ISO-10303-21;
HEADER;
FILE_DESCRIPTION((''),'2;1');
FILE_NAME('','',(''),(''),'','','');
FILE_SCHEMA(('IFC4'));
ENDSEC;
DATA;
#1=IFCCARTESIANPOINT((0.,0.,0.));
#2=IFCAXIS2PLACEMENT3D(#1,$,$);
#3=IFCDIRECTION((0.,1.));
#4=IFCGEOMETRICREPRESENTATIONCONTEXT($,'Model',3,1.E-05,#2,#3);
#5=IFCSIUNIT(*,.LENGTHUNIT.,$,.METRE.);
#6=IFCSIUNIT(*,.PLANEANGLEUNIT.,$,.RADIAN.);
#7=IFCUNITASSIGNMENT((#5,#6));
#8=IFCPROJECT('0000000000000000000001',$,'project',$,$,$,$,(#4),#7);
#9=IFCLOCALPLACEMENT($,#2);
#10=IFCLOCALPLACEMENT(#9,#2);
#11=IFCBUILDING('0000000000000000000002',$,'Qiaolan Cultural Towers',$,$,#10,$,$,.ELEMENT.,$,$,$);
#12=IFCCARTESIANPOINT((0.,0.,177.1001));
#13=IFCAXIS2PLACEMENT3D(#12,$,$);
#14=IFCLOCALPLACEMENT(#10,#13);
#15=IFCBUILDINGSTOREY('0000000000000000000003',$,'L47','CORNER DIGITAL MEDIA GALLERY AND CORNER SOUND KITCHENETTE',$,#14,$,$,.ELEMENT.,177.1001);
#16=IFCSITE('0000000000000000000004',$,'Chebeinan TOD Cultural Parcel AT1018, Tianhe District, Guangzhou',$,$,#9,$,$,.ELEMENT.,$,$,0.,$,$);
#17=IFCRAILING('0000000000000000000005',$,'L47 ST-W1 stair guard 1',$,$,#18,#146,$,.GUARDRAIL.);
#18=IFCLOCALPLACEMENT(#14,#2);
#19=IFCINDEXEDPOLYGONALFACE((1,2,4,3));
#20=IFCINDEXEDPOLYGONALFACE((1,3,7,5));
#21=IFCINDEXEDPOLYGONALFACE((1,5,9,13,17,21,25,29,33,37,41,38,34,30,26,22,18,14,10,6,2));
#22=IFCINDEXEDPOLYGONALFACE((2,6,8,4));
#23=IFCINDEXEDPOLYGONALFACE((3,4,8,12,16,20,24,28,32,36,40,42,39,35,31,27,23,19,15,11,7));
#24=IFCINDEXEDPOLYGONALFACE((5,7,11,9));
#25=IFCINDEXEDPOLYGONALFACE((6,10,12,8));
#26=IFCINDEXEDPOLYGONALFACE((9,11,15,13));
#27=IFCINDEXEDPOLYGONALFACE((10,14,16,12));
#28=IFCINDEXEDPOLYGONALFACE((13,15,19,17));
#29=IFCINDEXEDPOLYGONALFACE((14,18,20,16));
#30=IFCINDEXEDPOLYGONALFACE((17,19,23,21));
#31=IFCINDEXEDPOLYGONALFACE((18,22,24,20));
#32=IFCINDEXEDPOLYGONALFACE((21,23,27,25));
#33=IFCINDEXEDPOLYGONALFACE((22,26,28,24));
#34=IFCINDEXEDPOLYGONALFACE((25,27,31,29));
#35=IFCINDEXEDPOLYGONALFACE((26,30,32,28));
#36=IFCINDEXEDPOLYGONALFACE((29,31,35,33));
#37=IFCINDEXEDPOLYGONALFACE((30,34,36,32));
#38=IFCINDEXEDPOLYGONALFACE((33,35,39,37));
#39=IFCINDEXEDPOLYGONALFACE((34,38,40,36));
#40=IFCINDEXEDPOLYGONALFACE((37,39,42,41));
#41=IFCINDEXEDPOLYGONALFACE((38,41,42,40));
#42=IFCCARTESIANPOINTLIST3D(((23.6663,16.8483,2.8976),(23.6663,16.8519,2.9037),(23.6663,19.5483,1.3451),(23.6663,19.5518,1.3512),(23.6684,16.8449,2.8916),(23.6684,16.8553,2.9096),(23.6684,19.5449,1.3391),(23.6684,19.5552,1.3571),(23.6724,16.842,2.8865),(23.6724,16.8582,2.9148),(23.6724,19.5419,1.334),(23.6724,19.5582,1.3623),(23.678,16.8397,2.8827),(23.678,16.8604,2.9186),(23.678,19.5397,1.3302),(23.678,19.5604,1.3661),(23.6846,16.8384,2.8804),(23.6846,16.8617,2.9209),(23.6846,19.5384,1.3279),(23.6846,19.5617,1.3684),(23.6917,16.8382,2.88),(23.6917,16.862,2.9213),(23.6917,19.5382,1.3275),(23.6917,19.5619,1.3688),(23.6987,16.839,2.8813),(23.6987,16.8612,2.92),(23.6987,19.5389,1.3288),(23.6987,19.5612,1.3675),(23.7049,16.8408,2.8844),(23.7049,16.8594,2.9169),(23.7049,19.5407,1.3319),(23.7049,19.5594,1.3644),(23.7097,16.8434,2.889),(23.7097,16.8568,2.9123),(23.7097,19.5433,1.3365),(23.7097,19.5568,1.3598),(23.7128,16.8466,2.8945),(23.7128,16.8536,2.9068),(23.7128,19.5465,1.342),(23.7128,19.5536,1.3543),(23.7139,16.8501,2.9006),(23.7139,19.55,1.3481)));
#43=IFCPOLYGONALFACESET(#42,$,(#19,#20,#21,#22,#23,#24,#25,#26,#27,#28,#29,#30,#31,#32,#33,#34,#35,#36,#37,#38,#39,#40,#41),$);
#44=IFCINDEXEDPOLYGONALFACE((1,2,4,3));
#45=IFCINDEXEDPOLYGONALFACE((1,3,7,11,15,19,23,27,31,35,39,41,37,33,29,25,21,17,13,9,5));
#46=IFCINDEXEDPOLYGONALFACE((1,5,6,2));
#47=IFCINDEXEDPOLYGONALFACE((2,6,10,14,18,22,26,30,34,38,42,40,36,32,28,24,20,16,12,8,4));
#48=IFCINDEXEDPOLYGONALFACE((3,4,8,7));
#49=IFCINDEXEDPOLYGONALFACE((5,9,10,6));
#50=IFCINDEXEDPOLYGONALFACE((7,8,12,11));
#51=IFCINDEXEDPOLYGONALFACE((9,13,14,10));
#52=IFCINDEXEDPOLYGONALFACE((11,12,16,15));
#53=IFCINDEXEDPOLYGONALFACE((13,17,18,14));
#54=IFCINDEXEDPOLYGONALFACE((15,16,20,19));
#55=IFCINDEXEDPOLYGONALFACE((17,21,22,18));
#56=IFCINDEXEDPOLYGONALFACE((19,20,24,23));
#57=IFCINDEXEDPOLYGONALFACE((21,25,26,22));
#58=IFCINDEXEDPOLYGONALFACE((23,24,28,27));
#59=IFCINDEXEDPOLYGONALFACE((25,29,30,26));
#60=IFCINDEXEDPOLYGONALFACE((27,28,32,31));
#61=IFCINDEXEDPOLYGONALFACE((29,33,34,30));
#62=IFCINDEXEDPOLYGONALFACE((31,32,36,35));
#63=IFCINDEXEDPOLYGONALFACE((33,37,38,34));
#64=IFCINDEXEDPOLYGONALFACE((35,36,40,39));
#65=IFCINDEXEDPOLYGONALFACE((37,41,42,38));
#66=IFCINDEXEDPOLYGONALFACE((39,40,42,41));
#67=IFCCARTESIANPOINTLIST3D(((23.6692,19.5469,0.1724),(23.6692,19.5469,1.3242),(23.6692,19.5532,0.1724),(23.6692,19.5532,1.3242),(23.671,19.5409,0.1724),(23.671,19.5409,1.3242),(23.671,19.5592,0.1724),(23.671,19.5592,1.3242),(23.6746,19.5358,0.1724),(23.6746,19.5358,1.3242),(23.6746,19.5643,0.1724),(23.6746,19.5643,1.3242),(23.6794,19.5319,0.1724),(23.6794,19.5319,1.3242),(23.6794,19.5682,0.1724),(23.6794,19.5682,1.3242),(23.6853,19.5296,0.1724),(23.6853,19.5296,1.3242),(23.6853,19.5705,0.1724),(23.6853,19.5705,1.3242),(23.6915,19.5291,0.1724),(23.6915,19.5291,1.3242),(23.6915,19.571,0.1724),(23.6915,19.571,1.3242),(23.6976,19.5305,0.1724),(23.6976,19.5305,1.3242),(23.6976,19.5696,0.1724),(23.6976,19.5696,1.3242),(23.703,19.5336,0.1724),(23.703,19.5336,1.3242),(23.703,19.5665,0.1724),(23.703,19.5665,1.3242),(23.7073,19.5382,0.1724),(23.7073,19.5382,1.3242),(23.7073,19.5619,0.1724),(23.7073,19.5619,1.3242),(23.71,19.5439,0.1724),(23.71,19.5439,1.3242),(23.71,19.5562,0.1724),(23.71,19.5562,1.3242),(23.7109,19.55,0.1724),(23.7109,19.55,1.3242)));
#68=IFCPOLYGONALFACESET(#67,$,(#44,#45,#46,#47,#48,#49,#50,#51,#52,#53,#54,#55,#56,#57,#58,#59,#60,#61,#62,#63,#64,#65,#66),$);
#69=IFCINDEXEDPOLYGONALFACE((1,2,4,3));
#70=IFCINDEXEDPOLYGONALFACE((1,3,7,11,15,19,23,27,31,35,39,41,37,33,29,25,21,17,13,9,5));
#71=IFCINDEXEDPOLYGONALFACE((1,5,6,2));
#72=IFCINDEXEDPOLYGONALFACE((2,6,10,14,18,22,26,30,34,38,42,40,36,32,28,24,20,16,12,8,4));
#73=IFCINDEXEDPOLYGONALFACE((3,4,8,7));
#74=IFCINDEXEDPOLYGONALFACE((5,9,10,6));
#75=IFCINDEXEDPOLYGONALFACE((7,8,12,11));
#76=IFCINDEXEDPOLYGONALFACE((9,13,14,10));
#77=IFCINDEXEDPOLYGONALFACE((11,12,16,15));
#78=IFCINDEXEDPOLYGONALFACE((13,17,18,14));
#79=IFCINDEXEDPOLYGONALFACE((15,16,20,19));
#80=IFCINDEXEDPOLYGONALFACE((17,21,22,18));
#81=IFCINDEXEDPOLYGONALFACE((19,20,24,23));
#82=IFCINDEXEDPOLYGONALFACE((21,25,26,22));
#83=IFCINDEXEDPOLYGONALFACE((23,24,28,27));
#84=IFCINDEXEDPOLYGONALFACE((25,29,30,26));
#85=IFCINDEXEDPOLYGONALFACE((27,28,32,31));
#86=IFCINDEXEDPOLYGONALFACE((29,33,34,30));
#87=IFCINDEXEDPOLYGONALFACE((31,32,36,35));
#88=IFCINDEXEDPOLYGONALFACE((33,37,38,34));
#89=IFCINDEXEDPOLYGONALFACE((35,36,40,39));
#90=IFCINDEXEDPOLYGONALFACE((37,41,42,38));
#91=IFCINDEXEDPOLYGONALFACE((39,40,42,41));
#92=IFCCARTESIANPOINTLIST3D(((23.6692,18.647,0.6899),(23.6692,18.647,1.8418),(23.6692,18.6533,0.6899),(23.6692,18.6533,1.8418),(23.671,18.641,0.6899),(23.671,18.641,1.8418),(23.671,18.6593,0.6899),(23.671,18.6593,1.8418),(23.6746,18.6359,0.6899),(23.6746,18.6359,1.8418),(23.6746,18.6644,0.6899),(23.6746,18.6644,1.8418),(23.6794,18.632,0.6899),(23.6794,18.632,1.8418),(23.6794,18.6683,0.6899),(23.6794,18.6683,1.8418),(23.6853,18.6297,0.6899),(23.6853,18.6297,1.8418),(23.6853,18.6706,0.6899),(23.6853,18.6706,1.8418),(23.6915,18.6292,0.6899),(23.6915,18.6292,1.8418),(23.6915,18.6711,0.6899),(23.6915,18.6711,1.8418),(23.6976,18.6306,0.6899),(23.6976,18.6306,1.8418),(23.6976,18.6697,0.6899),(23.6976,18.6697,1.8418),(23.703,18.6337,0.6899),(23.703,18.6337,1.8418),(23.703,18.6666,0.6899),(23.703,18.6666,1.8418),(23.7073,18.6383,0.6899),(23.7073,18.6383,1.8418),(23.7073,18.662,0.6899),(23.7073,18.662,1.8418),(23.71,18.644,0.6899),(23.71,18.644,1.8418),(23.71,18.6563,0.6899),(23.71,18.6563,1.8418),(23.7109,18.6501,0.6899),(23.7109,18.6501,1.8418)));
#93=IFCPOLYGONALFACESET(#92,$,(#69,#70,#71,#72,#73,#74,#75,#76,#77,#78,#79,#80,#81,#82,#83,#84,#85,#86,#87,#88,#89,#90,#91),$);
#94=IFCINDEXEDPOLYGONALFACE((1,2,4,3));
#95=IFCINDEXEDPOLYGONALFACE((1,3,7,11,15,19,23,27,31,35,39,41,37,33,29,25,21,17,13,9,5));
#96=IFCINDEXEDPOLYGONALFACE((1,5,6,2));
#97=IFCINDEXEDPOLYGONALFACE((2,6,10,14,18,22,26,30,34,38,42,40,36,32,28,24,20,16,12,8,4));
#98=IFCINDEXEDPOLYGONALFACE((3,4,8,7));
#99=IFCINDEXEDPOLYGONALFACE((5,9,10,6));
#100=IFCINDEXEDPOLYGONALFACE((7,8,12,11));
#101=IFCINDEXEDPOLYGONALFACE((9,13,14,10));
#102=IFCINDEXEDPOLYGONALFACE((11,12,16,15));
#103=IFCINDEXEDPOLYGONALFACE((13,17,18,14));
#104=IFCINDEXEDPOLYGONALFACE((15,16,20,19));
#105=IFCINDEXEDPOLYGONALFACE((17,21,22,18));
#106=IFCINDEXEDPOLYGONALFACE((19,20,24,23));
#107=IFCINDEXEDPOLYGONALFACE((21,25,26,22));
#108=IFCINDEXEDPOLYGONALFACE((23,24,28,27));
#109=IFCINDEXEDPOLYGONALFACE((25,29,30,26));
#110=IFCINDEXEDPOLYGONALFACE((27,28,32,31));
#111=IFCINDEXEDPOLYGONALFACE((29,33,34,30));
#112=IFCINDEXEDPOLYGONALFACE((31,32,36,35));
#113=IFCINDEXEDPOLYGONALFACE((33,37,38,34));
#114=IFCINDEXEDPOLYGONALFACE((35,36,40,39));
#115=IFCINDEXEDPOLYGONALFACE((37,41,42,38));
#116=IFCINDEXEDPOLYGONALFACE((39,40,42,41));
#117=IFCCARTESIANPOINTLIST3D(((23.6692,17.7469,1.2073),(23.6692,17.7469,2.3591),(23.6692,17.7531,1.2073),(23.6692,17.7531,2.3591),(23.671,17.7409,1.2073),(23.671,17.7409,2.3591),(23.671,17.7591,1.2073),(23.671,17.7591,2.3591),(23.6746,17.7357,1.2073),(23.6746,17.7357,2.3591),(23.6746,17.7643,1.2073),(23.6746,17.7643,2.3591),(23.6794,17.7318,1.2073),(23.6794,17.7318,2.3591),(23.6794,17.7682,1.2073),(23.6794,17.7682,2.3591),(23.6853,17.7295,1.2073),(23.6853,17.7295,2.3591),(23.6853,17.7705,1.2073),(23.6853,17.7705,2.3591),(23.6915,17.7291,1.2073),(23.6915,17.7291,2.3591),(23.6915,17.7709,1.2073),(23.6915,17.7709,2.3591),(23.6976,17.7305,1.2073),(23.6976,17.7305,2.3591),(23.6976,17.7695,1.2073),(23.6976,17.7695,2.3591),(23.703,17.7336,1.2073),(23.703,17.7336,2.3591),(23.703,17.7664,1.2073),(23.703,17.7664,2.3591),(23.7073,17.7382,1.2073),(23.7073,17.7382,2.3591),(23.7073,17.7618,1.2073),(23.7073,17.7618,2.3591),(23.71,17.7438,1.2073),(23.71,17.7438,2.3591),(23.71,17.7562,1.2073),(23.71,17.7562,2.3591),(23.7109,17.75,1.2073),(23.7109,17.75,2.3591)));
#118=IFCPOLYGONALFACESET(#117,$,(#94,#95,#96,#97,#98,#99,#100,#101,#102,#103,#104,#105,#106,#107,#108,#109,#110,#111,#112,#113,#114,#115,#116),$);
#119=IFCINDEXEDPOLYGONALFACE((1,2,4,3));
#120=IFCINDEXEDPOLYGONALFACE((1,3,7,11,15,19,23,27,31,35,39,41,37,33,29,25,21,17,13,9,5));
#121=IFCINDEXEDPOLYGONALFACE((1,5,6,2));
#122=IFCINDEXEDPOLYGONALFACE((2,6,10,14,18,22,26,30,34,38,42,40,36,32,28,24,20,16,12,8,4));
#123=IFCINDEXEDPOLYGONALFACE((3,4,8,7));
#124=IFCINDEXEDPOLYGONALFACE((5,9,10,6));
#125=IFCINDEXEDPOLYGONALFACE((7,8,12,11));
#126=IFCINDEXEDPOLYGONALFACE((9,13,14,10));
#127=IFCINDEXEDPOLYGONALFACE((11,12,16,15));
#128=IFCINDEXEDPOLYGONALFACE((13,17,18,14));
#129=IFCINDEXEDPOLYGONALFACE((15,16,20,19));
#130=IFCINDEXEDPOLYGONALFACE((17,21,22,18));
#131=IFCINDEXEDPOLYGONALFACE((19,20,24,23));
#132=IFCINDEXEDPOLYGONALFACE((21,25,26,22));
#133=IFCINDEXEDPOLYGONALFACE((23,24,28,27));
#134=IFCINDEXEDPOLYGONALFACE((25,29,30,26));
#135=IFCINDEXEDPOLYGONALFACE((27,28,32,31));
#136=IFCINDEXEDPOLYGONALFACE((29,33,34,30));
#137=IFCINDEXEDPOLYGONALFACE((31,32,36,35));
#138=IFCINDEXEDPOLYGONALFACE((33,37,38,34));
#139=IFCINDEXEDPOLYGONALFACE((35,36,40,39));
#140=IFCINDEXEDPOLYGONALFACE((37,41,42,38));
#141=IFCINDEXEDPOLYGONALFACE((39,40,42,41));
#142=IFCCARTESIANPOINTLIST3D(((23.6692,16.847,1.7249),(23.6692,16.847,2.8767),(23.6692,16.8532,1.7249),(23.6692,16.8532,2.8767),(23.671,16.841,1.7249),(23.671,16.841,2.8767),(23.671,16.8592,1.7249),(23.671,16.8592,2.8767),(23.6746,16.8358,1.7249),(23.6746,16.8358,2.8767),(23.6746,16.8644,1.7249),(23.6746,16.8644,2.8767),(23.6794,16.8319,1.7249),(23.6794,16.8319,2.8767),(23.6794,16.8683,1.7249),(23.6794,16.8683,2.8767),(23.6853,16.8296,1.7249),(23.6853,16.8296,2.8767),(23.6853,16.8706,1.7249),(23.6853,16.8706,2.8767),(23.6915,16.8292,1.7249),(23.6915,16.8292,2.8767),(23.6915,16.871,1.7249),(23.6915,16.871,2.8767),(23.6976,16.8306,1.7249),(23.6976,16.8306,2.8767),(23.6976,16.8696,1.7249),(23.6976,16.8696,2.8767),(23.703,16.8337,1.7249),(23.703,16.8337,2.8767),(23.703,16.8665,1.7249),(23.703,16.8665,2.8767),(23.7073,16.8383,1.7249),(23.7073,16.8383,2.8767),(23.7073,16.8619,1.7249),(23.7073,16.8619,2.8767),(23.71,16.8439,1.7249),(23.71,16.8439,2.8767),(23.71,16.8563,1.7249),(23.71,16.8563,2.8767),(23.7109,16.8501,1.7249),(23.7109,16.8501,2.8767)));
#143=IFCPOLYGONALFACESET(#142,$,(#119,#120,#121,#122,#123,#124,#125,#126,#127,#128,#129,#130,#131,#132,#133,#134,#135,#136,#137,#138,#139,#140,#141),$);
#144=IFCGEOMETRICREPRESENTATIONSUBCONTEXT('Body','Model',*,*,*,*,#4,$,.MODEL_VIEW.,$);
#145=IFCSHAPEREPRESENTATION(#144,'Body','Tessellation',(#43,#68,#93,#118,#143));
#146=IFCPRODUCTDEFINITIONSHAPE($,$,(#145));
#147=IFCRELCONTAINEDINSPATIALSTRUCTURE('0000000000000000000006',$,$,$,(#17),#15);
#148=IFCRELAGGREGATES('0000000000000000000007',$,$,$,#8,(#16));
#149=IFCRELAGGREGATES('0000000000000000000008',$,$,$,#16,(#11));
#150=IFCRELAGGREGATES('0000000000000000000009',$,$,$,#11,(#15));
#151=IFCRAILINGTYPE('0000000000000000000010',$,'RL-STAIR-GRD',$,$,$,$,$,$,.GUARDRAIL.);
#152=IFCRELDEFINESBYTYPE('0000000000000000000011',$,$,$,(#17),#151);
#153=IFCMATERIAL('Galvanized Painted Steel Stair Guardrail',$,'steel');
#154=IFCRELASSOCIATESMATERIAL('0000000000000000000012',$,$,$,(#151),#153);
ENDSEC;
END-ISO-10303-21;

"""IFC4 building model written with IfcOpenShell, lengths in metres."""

from ifc_helpers import new_model, si_unit, direction, frame, origin, origin_2d, place, context, subcontext, project, spatial, circle, extrude, material, type_object, element, save


model = new_model("IFC4")

# Units and contexts
model_context = context("Model", 3, precision=1e-05, world=origin(), true_north=direction((0.0, 1.0)))
body_context = subcontext(model_context, "Body", "Model", "MODEL_VIEW")
ifc_project = project(units=[si_unit("LENGTHUNIT", "METRE"), si_unit("PLANEANGLEUNIT", "RADIAN")], contexts=[model_context])

# Site, building, storey
site_placement = place(None, origin())
site = spatial("IfcSite", under=ifc_project, at=site_placement, Name="Chebeinan TOD Cultural Parcel AT1018, Tianhe District, Guangzhou", CompositionType="ELEMENT", RefElevation=0.0)
building_placement = place(site_placement, origin())
building = spatial("IfcBuilding", under=site, at=building_placement, Name="Qiaolan Cultural Towers", CompositionType="ELEMENT")
storey_placement = place(building_placement, frame((0.0, 0.0, 177.1001)))
storey = spatial("IfcBuildingStorey", under=building, at=storey_placement, Name="L47", Description="CORNER DIGITAL MEDIA GALLERY AND CORNER SOUND KITCHENETTE", CompositionType="ELEMENT", Elevation=177.1001)

# Railing
ifc_material_1 = material(Name="Galvanized Painted Steel Stair Guardrail", Category="steel")
railing_type_1 = type_object("IfcRailingType", Name="RL-STAIR-GRD", PredefinedType="GUARDRAIL", material=ifc_material_1)
railing_1_placement = place(storey_placement, frame((23.6899, 19.55, 0.1724)))
element("IfcRailing", 1, at=railing_1_placement, inside=storey, type_object=railing_type_1, Name="L47 ST-W1 stair guard 1", PredefinedType="GUARDRAIL", context=body_context, shape_type="SweptSolid", body=[
    extrude(circle(Radius=0.0239, at=origin_2d()), frame((0.0, 0.0, 1.1758), z_axis=(0.0, -0.866904, 0.498476), x_axis=(1.0, 0.0, 0.0)), (0.0, 0.0, 1.0), 3.1145),
    extrude(circle(Radius=0.021, at=origin_2d()), origin(), (0.0, 0.0, 1.0), 1.1519),
    extrude(circle(Radius=0.021, at=origin_2d()), frame((0.0, -0.8999, 0.5176)), (0.0, 0.0, 1.0), 1.1519),
    extrude(circle(Radius=0.021, at=origin_2d()), frame((0.0, -1.8, 1.0349)), (0.0, 0.0, 1.0), 1.1519),
    extrude(circle(Radius=0.021, at=origin_2d()), frame((0.0, -2.7, 1.5525)), (0.0, 0.0, 1.0), 1.1519),
])

save(model, "model.ifc")
